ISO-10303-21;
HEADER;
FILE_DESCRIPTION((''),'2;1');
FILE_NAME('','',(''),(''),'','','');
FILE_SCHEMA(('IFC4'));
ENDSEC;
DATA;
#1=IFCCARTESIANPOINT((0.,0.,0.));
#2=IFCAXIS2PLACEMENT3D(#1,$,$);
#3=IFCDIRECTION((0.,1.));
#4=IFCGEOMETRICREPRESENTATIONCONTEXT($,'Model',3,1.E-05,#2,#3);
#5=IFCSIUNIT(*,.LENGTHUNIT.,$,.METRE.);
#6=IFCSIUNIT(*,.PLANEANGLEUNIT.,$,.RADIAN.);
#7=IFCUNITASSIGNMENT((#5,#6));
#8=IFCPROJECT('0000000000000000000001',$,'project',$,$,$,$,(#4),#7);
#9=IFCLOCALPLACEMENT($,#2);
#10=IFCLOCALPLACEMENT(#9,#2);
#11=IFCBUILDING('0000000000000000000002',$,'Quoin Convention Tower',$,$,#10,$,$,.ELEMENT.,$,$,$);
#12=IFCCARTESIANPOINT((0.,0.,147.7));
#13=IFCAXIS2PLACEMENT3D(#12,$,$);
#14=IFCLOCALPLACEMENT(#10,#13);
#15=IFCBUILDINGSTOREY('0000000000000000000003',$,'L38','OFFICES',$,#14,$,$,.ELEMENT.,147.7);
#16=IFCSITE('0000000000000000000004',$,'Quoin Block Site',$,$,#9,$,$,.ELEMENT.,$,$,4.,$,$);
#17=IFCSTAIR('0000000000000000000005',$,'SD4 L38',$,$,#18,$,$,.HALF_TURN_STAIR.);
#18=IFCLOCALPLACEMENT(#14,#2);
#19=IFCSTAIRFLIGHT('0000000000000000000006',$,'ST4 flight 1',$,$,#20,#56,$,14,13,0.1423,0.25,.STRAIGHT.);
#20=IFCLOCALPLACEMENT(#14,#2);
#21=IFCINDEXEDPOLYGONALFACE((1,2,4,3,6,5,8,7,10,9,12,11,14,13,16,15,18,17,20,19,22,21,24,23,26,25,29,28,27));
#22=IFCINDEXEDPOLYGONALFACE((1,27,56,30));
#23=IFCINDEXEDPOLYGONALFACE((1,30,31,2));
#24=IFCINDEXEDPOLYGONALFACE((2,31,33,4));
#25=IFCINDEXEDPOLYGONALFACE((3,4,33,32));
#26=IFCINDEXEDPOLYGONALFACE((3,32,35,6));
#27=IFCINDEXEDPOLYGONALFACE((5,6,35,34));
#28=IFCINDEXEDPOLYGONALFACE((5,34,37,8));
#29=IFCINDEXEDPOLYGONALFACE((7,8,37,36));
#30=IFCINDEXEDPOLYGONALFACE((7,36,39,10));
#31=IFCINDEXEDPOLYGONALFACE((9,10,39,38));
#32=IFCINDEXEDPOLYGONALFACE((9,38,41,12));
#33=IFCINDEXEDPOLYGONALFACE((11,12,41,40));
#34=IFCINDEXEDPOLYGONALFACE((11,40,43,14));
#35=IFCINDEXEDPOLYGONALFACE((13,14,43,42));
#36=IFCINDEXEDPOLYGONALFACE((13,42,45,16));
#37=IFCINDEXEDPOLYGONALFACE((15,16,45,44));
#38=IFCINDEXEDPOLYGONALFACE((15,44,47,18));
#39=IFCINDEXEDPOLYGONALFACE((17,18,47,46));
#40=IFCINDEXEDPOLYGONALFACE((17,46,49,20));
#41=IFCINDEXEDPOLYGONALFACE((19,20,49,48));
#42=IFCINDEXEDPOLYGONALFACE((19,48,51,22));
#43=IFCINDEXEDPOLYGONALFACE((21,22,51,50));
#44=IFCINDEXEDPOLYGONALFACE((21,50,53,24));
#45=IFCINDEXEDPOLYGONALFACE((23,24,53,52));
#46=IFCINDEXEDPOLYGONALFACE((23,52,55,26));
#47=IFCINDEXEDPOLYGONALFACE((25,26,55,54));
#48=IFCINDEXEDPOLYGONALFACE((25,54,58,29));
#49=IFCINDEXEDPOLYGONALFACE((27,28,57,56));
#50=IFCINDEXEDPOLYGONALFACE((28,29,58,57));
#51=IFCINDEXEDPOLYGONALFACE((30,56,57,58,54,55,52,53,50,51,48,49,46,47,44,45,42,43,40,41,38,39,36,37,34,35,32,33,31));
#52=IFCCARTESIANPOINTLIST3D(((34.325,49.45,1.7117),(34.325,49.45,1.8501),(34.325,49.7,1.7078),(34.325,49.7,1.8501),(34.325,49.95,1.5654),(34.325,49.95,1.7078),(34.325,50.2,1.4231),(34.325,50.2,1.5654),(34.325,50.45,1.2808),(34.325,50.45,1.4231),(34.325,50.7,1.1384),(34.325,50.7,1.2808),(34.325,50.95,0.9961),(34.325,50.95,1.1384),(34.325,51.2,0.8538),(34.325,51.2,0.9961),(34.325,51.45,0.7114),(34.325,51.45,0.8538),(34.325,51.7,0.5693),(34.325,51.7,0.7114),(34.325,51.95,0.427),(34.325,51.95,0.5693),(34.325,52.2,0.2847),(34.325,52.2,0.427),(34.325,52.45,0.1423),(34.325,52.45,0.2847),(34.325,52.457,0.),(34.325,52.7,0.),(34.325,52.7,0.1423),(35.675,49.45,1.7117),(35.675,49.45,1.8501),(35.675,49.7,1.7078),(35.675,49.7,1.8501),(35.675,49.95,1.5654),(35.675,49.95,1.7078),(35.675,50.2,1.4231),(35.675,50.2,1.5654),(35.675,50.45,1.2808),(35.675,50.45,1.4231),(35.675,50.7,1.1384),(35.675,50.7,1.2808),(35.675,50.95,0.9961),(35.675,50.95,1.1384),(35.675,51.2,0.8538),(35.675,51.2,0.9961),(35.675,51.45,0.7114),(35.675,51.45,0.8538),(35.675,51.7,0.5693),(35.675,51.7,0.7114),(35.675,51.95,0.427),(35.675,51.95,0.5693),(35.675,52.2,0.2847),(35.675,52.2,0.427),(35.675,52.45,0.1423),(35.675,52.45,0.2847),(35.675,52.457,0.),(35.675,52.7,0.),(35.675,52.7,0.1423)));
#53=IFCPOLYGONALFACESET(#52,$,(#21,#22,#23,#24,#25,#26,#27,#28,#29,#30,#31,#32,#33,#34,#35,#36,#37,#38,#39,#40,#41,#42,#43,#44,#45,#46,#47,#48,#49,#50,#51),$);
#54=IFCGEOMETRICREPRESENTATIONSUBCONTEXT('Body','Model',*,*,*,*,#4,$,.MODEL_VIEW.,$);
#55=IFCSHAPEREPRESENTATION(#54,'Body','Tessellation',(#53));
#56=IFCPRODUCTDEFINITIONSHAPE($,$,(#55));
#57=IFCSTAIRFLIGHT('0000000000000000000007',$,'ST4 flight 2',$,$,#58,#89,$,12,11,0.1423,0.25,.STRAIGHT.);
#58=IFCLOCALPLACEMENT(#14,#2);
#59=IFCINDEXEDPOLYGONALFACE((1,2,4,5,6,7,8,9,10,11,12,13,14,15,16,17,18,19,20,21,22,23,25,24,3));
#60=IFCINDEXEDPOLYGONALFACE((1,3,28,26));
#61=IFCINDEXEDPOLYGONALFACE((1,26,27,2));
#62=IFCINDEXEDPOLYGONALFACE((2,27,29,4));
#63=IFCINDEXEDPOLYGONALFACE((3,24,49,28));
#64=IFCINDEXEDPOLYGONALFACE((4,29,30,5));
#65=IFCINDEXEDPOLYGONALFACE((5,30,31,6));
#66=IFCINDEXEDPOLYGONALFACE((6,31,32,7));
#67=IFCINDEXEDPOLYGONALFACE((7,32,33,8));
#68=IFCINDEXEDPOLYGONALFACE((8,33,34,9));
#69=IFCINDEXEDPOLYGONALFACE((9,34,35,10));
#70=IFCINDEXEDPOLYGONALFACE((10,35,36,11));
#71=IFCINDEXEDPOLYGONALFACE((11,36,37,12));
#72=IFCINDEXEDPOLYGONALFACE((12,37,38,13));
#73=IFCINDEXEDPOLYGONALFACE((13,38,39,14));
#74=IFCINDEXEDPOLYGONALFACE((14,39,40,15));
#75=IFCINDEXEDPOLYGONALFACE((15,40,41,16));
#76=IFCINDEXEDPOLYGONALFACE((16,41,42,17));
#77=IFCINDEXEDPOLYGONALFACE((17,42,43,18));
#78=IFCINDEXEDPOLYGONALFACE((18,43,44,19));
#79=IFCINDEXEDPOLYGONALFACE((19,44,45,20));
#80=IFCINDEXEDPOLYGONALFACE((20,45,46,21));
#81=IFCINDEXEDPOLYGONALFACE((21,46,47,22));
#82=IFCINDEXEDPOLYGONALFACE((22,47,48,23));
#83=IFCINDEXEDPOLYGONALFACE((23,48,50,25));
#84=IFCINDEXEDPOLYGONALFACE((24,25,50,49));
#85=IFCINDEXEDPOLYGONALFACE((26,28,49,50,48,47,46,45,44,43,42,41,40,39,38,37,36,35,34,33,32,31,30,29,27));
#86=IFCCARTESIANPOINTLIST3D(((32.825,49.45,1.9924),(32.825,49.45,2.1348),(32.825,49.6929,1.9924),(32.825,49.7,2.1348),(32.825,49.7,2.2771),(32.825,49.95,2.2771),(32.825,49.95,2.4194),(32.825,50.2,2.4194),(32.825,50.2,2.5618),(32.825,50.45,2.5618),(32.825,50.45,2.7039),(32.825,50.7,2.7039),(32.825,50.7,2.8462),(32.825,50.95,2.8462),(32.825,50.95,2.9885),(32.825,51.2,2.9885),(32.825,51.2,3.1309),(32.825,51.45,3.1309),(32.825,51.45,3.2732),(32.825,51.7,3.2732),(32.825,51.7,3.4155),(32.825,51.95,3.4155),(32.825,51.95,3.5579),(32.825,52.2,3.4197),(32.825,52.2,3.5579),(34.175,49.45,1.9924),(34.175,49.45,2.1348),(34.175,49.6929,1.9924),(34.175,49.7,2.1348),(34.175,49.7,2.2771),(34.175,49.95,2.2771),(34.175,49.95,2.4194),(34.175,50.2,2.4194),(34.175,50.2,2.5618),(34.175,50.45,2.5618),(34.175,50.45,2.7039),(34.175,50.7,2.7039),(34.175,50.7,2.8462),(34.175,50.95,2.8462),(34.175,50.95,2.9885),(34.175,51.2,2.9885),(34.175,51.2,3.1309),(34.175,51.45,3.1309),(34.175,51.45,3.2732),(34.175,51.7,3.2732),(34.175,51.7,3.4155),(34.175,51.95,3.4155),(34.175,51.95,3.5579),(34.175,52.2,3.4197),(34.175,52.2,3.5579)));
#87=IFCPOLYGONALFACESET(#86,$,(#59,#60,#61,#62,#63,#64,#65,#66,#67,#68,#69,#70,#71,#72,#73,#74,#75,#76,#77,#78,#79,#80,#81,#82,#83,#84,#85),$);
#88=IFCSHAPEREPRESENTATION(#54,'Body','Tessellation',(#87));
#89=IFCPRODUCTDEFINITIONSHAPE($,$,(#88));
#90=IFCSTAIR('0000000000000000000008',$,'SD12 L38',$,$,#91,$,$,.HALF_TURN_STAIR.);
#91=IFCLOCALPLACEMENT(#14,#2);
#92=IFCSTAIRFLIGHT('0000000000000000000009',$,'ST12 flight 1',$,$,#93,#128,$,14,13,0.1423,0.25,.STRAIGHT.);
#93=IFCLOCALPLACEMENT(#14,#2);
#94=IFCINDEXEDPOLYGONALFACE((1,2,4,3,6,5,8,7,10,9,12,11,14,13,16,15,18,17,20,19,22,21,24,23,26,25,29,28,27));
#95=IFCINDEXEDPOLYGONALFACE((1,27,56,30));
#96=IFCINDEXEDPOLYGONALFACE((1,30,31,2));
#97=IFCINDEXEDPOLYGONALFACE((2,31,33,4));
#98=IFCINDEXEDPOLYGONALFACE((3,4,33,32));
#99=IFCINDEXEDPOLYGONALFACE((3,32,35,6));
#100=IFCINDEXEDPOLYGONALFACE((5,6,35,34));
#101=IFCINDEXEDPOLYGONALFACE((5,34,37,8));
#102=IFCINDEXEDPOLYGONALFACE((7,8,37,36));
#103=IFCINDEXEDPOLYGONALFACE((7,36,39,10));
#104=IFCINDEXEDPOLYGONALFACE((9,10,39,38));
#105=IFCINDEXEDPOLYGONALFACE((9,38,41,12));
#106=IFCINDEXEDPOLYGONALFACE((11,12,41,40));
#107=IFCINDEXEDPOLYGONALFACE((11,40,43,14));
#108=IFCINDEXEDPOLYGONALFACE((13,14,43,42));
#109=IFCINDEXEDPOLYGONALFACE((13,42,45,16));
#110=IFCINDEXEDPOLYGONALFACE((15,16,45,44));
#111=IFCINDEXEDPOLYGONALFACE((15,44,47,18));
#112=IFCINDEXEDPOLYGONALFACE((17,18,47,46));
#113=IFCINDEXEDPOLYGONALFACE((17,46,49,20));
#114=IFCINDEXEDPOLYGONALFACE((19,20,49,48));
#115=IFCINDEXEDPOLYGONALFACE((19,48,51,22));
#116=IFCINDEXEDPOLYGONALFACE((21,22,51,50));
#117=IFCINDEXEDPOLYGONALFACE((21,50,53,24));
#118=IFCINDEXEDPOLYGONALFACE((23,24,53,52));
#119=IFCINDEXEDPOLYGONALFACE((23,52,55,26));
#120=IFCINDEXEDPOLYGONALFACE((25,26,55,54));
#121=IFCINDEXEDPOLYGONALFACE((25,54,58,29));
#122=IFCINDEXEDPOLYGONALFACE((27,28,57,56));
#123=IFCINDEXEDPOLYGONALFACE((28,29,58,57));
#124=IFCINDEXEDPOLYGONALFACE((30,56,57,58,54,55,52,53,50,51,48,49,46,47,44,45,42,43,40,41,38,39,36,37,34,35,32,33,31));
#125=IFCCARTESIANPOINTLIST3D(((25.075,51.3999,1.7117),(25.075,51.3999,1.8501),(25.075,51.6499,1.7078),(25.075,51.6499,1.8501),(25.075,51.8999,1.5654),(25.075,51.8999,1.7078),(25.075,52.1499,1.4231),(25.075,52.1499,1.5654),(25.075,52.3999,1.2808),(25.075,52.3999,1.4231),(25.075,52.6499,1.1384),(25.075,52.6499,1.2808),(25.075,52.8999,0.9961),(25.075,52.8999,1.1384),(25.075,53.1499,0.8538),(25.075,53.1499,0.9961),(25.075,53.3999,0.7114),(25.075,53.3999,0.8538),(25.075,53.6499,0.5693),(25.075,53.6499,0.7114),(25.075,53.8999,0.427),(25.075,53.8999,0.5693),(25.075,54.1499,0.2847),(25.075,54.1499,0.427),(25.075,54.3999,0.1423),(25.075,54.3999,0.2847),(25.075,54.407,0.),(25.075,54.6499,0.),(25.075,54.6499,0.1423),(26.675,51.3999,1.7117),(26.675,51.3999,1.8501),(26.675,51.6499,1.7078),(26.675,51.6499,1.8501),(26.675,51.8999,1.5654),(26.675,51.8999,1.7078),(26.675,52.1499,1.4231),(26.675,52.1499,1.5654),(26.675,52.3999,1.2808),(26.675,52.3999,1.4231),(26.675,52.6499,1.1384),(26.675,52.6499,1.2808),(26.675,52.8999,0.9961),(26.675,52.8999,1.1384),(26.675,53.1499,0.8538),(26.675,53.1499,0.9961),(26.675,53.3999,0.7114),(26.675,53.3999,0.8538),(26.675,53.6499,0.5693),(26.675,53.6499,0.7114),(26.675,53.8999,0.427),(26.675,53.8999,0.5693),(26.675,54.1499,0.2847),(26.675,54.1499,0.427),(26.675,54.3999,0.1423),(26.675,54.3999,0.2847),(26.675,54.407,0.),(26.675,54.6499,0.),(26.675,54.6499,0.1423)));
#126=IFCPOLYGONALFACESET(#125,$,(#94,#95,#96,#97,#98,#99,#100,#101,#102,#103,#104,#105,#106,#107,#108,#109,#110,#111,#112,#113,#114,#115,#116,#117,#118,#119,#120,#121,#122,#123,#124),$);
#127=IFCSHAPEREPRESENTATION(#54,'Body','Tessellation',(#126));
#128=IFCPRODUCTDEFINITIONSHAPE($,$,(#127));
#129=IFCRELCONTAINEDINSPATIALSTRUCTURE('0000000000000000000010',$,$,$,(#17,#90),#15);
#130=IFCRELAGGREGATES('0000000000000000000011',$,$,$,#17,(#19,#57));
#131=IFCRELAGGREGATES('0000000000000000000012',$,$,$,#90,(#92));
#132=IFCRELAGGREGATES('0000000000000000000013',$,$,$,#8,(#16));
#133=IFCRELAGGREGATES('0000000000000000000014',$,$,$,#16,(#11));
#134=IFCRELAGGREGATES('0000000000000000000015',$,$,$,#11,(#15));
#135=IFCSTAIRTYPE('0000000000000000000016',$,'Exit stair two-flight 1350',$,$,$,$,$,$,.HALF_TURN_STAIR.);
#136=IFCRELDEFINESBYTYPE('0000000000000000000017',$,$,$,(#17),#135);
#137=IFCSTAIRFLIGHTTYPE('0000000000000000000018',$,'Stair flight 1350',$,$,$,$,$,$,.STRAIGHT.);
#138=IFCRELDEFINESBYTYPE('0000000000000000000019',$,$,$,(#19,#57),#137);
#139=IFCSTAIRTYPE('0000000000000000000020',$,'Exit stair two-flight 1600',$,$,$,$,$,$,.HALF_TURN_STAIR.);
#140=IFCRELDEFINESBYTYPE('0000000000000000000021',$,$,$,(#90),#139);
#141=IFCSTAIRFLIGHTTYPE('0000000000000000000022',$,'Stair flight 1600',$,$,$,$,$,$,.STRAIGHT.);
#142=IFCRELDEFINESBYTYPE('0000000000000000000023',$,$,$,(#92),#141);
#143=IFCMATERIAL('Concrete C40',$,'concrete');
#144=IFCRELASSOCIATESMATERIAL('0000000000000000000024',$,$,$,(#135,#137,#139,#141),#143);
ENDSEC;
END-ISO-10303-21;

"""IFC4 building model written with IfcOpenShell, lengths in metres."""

from ifc_helpers import new_model, si_unit, direction, frame, origin, place, context, subcontext, project, spatial, polyline, outline, extrude, material, type_object, element, aggregate, save


model = new_model("IFC4")

# Units and contexts
model_context = context("Model", 3, precision=1e-05, world=origin(), true_north=direction((0.0, 1.0)))
body_context = subcontext(model_context, "Body", "Model", "MODEL_VIEW")
ifc_project = project(units=[si_unit("LENGTHUNIT", "METRE"), si_unit("PLANEANGLEUNIT", "RADIAN")], contexts=[model_context])

# Site, building, storey
site_placement = place(None, origin())
site = spatial("IfcSite", under=ifc_project, at=site_placement, Name="Quoin Block Site", CompositionType="ELEMENT", RefElevation=4.0)
building_placement = place(site_placement, origin())
building = spatial("IfcBuilding", under=site, at=building_placement, Name="Quoin Convention Tower", CompositionType="ELEMENT")
storey_placement = place(building_placement, frame((0.0, 0.0, 147.7)))
storey = spatial("IfcBuildingStorey", under=building, at=storey_placement, Name="L38", Description="OFFICES", CompositionType="ELEMENT", Elevation=147.7)

# Shared definitions
ifc_material_1 = material(Name="Concrete C40", Category="concrete")
stair_type_1 = type_object("IfcStairType", Name="Exit stair two-flight 1350", PredefinedType="HALF_TURN_STAIR", material=ifc_material_1)
stair_flight_type_1 = type_object("IfcStairFlightType", Name="Stair flight 1350", PredefinedType="STRAIGHT", material=ifc_material_1)

# Stair, stair flights
stair_1_placement = place(storey_placement, origin())
stair_1 = element("IfcStair", 1, at=stair_1_placement, inside=storey, type_object=stair_type_1, Name="SD4 L38", PredefinedType="HALF_TURN_STAIR")
stair_flight_1_placement = place(storey_placement, frame((35.0, 52.7, 0.0), z_axis=(0.0, 0.0, 1.0), x_axis=(0.0, -1.0, 0.0)))
stair_flight_1 = element("IfcStairFlight", 2, at=stair_flight_1_placement, type_object=stair_flight_type_1, Name="ST4 flight 1", NumberOfRisers=14, NumberOfTreads=13, PredefinedType="STRAIGHT", RiserHeight=0.1423, TreadLength=0.25, context=body_context, shape_type="SweptSolid", body=[
    extrude(outline(polyline([(0.0, 0.0), (0.0, 0.1423), (0.25, 0.1423), (0.25, 0.2847), (0.5, 0.2847), (0.5, 0.427), (0.75, 0.427), (0.75, 0.5693), (1.0, 0.5693), (1.0, 0.7114), (1.25, 0.7114), (1.25, 0.8538), (1.5, 0.8538), (1.5, 0.9961), (1.75, 0.9961), (1.75, 1.1384), (2.0, 1.1384), (2.0, 1.2808), (2.25, 1.2808), (2.25, 1.4231), (2.5, 1.4231), (2.5, 1.5654), (2.75, 1.5654), (2.75, 1.7078), (3.0, 1.7078), (3.0, 1.8501), (3.25, 1.8501), (3.25, 1.9922), (3.25, 1.7117), (0.2429, 0.0), (0.0, 0.0)])), frame((0.0, 0.675, 0.0), z_axis=(0.0, -1.0, 0.0), x_axis=(1.0, 0.0, 0.0)), (0.0, 0.0, 1.0), 1.3501),
])
stair_flight_2_placement = place(storey_placement, frame((33.5, 49.45, 1.9924), z_axis=(0.0, 0.0, 1.0), x_axis=(0.0, 1.0, 0.0)))
stair_flight_2 = element("IfcStairFlight", 3, at=stair_flight_2_placement, type_object=stair_flight_type_1, Name="ST4 flight 2", NumberOfRisers=12, NumberOfTreads=11, PredefinedType="STRAIGHT", RiserHeight=0.1423, TreadLength=0.25, context=body_context, shape_type="SweptSolid", body=[
    extrude(outline(polyline([(0.0, 0.0), (0.0, 0.1423), (0.25, 0.1423), (0.25, 0.2847), (0.5, 0.2847), (0.5, 0.427), (0.75, 0.427), (0.75, 0.5693), (1.0, 0.5693), (1.0, 0.7114), (1.25, 0.7114), (1.25, 0.8538), (1.5, 0.8538), (1.5, 0.9961), (1.75, 0.9961), (1.75, 1.1384), (2.0, 1.1384), (2.0, 1.2808), (2.25, 1.2808), (2.25, 1.4231), (2.5, 1.4231), (2.5, 1.5654), (2.75, 1.5654), (2.75, 1.7078), (2.75, 1.4272), (0.2429, 0.0), (0.0, 0.0)])), frame((0.0, 0.675, 0.0), z_axis=(0.0, -1.0, 0.0), x_axis=(1.0, 0.0, 0.0)), (0.0, 0.0, 1.0), 1.3501),
])
aggregate(stair_1, [stair_flight_1, stair_flight_2])

# Stair, stair flight
stair_type_2 = type_object("IfcStairType", Name="Exit stair two-flight 1600", PredefinedType="HALF_TURN_STAIR", material=ifc_material_1)
stair_2_placement = place(storey_placement, origin())
stair_2 = element("IfcStair", 4, at=stair_2_placement, inside=storey, type_object=stair_type_2, Name="SD12 L38", PredefinedType="HALF_TURN_STAIR")
stair_flight_type_2 = type_object("IfcStairFlightType", Name="Stair flight 1600", PredefinedType="STRAIGHT", material=ifc_material_1)
stair_flight_3_placement = place(storey_placement, frame((25.875, 54.6499, 0.0), z_axis=(0.0, 0.0, 1.0), x_axis=(0.0, -1.0, 0.0)))
stair_flight_3 = element("IfcStairFlight", 5, at=stair_flight_3_placement, type_object=stair_flight_type_2, Name="ST12 flight 1", NumberOfRisers=14, NumberOfTreads=13, PredefinedType="STRAIGHT", RiserHeight=0.1423, TreadLength=0.25, context=body_context, shape_type="SweptSolid", body=[
    extrude(outline(polyline([(0.0, 0.0), (0.0, 0.1423), (0.25, 0.1423), (0.25, 0.2847), (0.5, 0.2847), (0.5, 0.427), (0.75, 0.427), (0.75, 0.5693), (1.0, 0.5693), (1.0, 0.7114), (1.25, 0.7114), (1.25, 0.8538), (1.5, 0.8538), (1.5, 0.9961), (1.75, 0.9961), (1.75, 1.1384), (2.0, 1.1384), (2.0, 1.2808), (2.25, 1.2808), (2.25, 1.4231), (2.5, 1.4231), (2.5, 1.5654), (2.75, 1.5654), (2.75, 1.7078), (3.0, 1.7078), (3.0, 1.8501), (3.25, 1.8501), (3.25, 1.9922), (3.25, 1.7117), (0.2429, 0.0), (0.0, 0.0)])), frame((0.0, 0.8, 0.0), z_axis=(0.0, -1.0, 0.0), x_axis=(1.0, 0.0, 0.0)), (0.0, 0.0, 1.0), 1.6001),
])
aggregate(stair_2, [stair_flight_3])

save(model, "model.ifc")
